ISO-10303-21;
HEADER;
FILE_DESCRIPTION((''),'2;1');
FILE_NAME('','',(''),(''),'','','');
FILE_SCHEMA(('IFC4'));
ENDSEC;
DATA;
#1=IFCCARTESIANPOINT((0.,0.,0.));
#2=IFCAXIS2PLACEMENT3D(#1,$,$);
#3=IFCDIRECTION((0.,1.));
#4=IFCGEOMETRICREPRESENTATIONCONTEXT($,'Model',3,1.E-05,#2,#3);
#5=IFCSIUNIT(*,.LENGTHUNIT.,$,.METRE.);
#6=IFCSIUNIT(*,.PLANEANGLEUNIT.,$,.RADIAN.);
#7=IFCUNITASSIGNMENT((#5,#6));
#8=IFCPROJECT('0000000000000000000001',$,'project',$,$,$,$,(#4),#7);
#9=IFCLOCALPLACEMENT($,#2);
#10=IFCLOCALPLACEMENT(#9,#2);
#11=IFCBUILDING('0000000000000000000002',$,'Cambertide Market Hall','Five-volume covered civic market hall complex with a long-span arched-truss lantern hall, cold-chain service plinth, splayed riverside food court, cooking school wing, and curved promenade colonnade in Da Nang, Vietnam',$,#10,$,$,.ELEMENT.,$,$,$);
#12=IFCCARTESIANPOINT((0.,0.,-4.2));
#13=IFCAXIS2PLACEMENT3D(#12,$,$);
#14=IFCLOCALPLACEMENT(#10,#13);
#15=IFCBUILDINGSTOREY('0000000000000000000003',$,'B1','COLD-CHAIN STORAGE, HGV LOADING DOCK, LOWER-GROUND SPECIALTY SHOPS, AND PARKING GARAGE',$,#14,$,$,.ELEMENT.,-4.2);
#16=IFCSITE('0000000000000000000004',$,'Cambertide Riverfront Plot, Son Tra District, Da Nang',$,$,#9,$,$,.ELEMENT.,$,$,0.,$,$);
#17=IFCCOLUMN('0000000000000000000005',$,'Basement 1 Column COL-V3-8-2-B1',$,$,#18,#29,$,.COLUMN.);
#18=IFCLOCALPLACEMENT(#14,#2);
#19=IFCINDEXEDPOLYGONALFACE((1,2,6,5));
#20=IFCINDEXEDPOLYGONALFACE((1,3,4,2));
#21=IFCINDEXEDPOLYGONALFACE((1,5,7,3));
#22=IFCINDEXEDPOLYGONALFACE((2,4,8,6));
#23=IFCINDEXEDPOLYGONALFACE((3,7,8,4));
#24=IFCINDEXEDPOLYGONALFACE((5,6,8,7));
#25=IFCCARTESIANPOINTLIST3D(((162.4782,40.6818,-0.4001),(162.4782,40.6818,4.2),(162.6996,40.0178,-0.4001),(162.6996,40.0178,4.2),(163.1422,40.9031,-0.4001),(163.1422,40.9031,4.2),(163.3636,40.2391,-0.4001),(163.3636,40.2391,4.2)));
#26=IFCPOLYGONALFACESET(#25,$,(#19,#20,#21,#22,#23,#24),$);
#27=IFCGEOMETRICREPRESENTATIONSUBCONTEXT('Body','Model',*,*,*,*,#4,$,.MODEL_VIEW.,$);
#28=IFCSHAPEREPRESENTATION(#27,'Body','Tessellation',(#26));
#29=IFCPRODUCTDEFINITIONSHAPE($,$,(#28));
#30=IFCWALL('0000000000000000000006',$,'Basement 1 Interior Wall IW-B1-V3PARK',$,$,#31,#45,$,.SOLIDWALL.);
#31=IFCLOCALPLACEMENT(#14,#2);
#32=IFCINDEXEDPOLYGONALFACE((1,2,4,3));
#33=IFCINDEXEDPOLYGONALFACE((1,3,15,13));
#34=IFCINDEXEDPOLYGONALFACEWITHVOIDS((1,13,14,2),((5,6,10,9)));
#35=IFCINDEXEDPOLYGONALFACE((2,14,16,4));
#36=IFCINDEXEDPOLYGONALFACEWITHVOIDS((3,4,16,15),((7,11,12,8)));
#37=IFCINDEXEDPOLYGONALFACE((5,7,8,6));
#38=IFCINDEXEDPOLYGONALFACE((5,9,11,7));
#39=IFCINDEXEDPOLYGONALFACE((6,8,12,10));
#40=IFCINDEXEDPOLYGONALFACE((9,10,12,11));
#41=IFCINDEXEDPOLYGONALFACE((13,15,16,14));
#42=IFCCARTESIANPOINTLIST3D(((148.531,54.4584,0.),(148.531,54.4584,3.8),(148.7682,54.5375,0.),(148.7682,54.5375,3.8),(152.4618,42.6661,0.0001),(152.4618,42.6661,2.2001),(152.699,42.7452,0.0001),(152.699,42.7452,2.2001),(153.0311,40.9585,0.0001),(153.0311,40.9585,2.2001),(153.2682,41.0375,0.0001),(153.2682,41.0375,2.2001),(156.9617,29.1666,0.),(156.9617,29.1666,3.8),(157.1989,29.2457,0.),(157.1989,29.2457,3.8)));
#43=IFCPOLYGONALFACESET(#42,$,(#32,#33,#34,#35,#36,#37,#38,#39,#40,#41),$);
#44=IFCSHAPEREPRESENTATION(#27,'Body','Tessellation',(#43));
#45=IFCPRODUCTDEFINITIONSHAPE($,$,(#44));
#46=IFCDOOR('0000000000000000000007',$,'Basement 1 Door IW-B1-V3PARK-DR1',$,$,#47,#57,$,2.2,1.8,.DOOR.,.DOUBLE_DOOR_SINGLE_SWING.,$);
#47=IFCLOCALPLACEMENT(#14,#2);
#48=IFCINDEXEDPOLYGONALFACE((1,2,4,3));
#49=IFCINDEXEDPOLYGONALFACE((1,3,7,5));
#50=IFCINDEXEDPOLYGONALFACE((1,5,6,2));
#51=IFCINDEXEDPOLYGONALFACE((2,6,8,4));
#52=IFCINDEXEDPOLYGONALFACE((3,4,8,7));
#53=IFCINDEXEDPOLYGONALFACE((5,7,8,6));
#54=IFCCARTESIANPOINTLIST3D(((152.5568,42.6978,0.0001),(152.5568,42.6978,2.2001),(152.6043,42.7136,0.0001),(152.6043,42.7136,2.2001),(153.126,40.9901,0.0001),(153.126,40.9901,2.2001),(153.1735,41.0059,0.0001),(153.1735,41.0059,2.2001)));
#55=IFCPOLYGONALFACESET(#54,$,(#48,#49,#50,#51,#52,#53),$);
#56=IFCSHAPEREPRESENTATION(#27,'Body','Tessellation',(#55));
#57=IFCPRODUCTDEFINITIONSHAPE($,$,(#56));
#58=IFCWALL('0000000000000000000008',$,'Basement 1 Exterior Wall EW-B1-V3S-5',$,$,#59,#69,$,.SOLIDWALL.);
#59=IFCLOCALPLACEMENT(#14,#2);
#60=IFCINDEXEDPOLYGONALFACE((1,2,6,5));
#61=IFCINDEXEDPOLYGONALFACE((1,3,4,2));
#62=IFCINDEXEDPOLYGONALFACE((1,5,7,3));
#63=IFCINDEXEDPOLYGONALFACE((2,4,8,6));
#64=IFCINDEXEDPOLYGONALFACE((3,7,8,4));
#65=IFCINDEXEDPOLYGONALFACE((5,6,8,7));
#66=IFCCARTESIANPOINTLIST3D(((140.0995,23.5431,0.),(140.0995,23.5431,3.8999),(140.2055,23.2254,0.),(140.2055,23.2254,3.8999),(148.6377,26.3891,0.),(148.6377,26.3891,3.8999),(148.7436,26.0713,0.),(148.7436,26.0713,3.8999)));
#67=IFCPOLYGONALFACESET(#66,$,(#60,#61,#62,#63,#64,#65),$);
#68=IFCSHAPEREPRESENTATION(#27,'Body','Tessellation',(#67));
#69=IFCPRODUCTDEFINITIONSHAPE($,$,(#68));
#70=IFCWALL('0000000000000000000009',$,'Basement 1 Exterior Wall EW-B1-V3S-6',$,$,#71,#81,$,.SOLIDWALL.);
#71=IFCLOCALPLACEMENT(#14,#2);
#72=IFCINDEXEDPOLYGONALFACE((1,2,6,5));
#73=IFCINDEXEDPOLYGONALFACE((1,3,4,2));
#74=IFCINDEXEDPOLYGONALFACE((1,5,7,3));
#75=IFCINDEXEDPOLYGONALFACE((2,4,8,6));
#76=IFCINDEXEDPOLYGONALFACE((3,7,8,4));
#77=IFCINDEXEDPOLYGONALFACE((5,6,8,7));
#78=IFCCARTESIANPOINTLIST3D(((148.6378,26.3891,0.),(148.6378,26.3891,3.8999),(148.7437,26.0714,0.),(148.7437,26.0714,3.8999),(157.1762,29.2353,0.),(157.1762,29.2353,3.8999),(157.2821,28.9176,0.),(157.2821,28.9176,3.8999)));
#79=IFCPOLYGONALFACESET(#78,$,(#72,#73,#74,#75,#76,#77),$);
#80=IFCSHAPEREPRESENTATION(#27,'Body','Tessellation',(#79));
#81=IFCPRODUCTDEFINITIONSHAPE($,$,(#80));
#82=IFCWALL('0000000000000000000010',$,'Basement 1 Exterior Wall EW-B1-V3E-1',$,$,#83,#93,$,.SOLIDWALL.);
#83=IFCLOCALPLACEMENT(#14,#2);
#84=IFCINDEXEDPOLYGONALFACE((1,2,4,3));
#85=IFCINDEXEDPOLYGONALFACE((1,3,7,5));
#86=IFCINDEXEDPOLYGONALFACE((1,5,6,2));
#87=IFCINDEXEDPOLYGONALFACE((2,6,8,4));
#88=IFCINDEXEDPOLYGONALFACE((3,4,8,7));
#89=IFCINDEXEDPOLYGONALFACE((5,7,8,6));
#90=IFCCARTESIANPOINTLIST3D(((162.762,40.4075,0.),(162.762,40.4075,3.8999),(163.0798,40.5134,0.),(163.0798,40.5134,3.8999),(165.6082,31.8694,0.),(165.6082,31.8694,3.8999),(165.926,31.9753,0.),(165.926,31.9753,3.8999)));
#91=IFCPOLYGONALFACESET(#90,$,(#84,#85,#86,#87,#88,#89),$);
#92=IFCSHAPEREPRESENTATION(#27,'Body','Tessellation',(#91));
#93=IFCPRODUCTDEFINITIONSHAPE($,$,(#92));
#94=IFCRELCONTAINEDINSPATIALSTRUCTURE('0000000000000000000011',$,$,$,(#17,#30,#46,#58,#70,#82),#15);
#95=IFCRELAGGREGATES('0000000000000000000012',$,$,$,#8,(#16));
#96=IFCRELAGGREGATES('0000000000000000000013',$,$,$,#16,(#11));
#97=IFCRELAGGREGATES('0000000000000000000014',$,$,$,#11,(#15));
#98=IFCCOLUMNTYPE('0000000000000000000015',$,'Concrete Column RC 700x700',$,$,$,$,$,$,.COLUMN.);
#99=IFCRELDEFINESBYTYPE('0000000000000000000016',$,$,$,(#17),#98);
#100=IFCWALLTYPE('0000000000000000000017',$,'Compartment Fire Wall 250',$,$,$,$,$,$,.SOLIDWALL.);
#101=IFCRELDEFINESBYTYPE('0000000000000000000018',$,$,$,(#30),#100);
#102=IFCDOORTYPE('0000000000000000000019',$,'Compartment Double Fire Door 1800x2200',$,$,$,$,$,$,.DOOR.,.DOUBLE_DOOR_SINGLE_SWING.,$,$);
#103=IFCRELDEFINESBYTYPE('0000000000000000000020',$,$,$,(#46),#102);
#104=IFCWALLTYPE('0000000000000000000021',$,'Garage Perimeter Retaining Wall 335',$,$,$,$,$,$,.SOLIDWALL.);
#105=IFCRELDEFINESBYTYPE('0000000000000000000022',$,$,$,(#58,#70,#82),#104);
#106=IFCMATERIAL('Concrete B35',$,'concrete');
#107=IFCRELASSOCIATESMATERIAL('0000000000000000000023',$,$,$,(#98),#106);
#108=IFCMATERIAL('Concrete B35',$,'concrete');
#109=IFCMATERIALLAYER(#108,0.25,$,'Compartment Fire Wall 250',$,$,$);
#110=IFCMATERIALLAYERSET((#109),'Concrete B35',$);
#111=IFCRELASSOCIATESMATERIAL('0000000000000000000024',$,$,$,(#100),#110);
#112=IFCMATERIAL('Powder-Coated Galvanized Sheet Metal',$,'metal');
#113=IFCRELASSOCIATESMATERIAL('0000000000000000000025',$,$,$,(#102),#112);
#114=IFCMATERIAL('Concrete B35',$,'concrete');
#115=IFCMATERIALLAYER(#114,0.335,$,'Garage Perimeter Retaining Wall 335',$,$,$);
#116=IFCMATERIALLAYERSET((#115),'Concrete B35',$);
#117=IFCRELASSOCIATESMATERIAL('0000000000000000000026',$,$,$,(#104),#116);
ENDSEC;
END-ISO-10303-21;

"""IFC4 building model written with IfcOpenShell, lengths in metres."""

from ifc_helpers import new_model, si_unit, direction, frame, frame_2d, origin, origin_2d, place, context, subcontext, project, spatial, rectangle, extrude, material, layer, layer_set, material_profile, profile_set, type_object, element, fill, save


model = new_model("IFC4")

# Units and contexts
model_context = context("Model", 3, precision=1e-05, world=origin(), true_north=direction((0.0, 1.0)))
body_context = subcontext(model_context, "Body", "Model", "MODEL_VIEW")
ifc_project = project(units=[si_unit("LENGTHUNIT", "METRE"), si_unit("PLANEANGLEUNIT", "RADIAN")], contexts=[model_context])

# Site, building, storey
site_placement = place(None, origin())
site = spatial("IfcSite", under=ifc_project, at=site_placement, Name="Cambertide Riverfront Plot, Son Tra District, Da Nang", CompositionType="ELEMENT", RefElevation=0.0)
building_placement = place(site_placement, origin())
building = spatial("IfcBuilding", under=site, at=building_placement, Name="Cambertide Market Hall", Description="Five-volume covered civic market hall complex with a long-span arched-truss lantern hall, cold-chain service plinth, splayed riverside food court, cooking school wing, and curved promenade colonnade in Da Nang, Vietnam", CompositionType="ELEMENT")
storey_placement = place(building_placement, frame((0.0, 0.0, -4.2)))
storey = spatial("IfcBuildingStorey", under=building, at=storey_placement, Name="B1", Description="COLD-CHAIN STORAGE, HGV LOADING DOCK, LOWER-GROUND SPECIALTY SHOPS, AND PARKING GARAGE", CompositionType="ELEMENT", Elevation=-4.2)

# Column
ifc_material_1 = material(Name="Concrete B35", Category="concrete")
ifc_material_profile_1 = material_profile(ifc_material_1, rectangle(XDim=0.7, YDim=0.7, at=origin_2d()), Name="RC 700x700")
ifc_profile_set_1 = profile_set([ifc_material_profile_1], Name="Concrete B35")
column_type = type_object("IfcColumnType", Name="Concrete Column RC 700x700", PredefinedType="COLUMN", material=ifc_profile_set_1)
for number, where, z_axis, x_axis, name in (
    (1, (162.9209, 40.4604, -0.4001), (0.0, 0.0, 1.0), (0.948683, 0.316228, 0.0), "Basement 1 Column COL-V3-8-2-B1"),
):
    element("IfcColumn", number, at=place(storey_placement, frame(where, z_axis=z_axis, x_axis=x_axis)), inside=storey, type_object=column_type, Name=name, PredefinedType="COLUMN", context=body_context, shape_type="SweptSolid", body=[
        extrude(rectangle(XDim=0.7, YDim=0.7, at=origin_2d()), origin(), (0.0, 0.0, 1.0), 4.6001),
    ])

# Wall, opening, door
ifc_material_2 = material(Name="Concrete B35", Category="concrete")
ifc_layer_1 = layer(ifc_material_2, 0.25, Name="Compartment Fire Wall 250")
ifc_layer_set_1 = layer_set([ifc_layer_1], Name="Concrete B35")
wall_type_1 = type_object("IfcWallType", Name="Compartment Fire Wall 250", PredefinedType="SOLIDWALL", material=ifc_layer_set_1)
wall_1_placement = place(storey_placement, frame((157.0803, 29.2061, 0.0), z_axis=(0.0, 0.0, 1.0), x_axis=(-0.316231, 0.948682, 0.0)))
wall_1 = element("IfcWall", 2, at=wall_1_placement, inside=storey, type_object=wall_type_1, Name="Basement 1 Interior Wall IW-B1-V3PARK", PredefinedType="SOLIDWALL", context=body_context, shape_type="SweptSolid", body=[
    extrude(rectangle(XDim=26.6599, YDim=0.25, at=frame_2d((13.3301, 0.0))), origin(), (0.0, 0.0, 1.0), 3.8),
])
opening_placement = place(wall_1_placement, frame((12.4299, 0.0, 0.0)))
opening = element("IfcOpeningElement", 3, at=opening_placement, cuts=wall_1, PredefinedType="OPENING", context=body_context, shape_type="SweptSolid", body=[
    extrude(rectangle(XDim=1.8, YDim=2.2, at=frame_2d((0.8999, 1.1001))), frame((0.0, 0.135, 0.0), z_axis=(0.0, -1.0, 0.0), x_axis=(1.0, 0.0, 0.0)), (0.0, 0.0, 1.0), 0.27),
])
ifc_material_3 = material(Name="Powder-Coated Galvanized Sheet Metal", Category="metal")
door_type = type_object("IfcDoorType", Name="Compartment Double Fire Door 1800x2200", OperationType="DOUBLE_DOOR_SINGLE_SWING", PredefinedType="DOOR", material=ifc_material_3)
door_placement = place(opening_placement, origin())
door = element("IfcDoor", 4, at=door_placement, inside=storey, type_object=door_type, Name="Basement 1 Door IW-B1-V3PARK-DR1", OperationType="DOUBLE_DOOR_SINGLE_SWING", OverallHeight=2.2, OverallWidth=1.8, PredefinedType="DOOR", context=body_context, shape_type="SweptSolid", body=[
    extrude(rectangle(XDim=1.8, YDim=2.2, at=frame_2d((0.8999, 1.1001))), frame((0.0, 0.0249, 0.0), z_axis=(0.0, -1.0, 0.0), x_axis=(1.0, 0.0, 0.0)), (0.0, 0.0, 1.0), 0.05),
])
fill(opening, door)

# Walls
ifc_material_4 = material(Name="Concrete B35", Category="concrete")
ifc_layer_2 = layer(ifc_material_4, 0.335, Name="Garage Perimeter Retaining Wall 335")
ifc_layer_set_2 = layer_set([ifc_layer_2], Name="Concrete B35")
wall_type_2 = type_object("IfcWallType", Name="Garage Perimeter Retaining Wall 335", PredefinedType="SOLIDWALL", material=ifc_layer_set_2)
wall_2_placement = place(storey_placement, frame((148.6907, 26.2302, 0.0), z_axis=(0.0, 0.0, 1.0), x_axis=(-0.948686, -0.31622, 0.0)))
element("IfcWall", 5, at=wall_2_placement, inside=storey, type_object=wall_type_2, Name="Basement 1 Exterior Wall EW-B1-V3S-5", PredefinedType="SOLIDWALL", context=body_context, shape_type="SweptSolid", body=[
    extrude(rectangle(XDim=9.0, YDim=0.335, at=frame_2d((4.5, 0.0))), origin(), (0.0, 0.0, 1.0), 3.8999),
])
wall_3_placement = place(storey_placement, frame((157.229, 29.0764, 0.0), z_axis=(0.0, 0.0, 1.0), x_axis=(-0.948681, -0.316236, 0.0)))
element("IfcWall", 6, at=wall_3_placement, inside=storey, type_object=wall_type_2, Name="Basement 1 Exterior Wall EW-B1-V3S-6", PredefinedType="SOLIDWALL", context=body_context, shape_type="SweptSolid", body=[
    extrude(rectangle(XDim=9.0002, YDim=0.335, at=frame_2d((4.5, 0.0))), origin(), (0.0, 0.0, 1.0), 3.8999),
])
wall_4_placement = place(storey_placement, frame((162.9209, 40.4604, 0.0), z_axis=(0.0, 0.0, 1.0), x_axis=(0.316244, -0.948678, 0.0)))
element("IfcWall", 7, at=wall_4_placement, inside=storey, type_object=wall_type_2, Name="Basement 1 Exterior Wall EW-B1-V3E-1", PredefinedType="SOLIDWALL", context=body_context, shape_type="SweptSolid", body=[
    extrude(rectangle(XDim=9.0, YDim=0.335, at=frame_2d((4.5, 0.0))), origin(), (0.0, 0.0, 1.0), 3.8999),
])

save(model, "model.ifc")
